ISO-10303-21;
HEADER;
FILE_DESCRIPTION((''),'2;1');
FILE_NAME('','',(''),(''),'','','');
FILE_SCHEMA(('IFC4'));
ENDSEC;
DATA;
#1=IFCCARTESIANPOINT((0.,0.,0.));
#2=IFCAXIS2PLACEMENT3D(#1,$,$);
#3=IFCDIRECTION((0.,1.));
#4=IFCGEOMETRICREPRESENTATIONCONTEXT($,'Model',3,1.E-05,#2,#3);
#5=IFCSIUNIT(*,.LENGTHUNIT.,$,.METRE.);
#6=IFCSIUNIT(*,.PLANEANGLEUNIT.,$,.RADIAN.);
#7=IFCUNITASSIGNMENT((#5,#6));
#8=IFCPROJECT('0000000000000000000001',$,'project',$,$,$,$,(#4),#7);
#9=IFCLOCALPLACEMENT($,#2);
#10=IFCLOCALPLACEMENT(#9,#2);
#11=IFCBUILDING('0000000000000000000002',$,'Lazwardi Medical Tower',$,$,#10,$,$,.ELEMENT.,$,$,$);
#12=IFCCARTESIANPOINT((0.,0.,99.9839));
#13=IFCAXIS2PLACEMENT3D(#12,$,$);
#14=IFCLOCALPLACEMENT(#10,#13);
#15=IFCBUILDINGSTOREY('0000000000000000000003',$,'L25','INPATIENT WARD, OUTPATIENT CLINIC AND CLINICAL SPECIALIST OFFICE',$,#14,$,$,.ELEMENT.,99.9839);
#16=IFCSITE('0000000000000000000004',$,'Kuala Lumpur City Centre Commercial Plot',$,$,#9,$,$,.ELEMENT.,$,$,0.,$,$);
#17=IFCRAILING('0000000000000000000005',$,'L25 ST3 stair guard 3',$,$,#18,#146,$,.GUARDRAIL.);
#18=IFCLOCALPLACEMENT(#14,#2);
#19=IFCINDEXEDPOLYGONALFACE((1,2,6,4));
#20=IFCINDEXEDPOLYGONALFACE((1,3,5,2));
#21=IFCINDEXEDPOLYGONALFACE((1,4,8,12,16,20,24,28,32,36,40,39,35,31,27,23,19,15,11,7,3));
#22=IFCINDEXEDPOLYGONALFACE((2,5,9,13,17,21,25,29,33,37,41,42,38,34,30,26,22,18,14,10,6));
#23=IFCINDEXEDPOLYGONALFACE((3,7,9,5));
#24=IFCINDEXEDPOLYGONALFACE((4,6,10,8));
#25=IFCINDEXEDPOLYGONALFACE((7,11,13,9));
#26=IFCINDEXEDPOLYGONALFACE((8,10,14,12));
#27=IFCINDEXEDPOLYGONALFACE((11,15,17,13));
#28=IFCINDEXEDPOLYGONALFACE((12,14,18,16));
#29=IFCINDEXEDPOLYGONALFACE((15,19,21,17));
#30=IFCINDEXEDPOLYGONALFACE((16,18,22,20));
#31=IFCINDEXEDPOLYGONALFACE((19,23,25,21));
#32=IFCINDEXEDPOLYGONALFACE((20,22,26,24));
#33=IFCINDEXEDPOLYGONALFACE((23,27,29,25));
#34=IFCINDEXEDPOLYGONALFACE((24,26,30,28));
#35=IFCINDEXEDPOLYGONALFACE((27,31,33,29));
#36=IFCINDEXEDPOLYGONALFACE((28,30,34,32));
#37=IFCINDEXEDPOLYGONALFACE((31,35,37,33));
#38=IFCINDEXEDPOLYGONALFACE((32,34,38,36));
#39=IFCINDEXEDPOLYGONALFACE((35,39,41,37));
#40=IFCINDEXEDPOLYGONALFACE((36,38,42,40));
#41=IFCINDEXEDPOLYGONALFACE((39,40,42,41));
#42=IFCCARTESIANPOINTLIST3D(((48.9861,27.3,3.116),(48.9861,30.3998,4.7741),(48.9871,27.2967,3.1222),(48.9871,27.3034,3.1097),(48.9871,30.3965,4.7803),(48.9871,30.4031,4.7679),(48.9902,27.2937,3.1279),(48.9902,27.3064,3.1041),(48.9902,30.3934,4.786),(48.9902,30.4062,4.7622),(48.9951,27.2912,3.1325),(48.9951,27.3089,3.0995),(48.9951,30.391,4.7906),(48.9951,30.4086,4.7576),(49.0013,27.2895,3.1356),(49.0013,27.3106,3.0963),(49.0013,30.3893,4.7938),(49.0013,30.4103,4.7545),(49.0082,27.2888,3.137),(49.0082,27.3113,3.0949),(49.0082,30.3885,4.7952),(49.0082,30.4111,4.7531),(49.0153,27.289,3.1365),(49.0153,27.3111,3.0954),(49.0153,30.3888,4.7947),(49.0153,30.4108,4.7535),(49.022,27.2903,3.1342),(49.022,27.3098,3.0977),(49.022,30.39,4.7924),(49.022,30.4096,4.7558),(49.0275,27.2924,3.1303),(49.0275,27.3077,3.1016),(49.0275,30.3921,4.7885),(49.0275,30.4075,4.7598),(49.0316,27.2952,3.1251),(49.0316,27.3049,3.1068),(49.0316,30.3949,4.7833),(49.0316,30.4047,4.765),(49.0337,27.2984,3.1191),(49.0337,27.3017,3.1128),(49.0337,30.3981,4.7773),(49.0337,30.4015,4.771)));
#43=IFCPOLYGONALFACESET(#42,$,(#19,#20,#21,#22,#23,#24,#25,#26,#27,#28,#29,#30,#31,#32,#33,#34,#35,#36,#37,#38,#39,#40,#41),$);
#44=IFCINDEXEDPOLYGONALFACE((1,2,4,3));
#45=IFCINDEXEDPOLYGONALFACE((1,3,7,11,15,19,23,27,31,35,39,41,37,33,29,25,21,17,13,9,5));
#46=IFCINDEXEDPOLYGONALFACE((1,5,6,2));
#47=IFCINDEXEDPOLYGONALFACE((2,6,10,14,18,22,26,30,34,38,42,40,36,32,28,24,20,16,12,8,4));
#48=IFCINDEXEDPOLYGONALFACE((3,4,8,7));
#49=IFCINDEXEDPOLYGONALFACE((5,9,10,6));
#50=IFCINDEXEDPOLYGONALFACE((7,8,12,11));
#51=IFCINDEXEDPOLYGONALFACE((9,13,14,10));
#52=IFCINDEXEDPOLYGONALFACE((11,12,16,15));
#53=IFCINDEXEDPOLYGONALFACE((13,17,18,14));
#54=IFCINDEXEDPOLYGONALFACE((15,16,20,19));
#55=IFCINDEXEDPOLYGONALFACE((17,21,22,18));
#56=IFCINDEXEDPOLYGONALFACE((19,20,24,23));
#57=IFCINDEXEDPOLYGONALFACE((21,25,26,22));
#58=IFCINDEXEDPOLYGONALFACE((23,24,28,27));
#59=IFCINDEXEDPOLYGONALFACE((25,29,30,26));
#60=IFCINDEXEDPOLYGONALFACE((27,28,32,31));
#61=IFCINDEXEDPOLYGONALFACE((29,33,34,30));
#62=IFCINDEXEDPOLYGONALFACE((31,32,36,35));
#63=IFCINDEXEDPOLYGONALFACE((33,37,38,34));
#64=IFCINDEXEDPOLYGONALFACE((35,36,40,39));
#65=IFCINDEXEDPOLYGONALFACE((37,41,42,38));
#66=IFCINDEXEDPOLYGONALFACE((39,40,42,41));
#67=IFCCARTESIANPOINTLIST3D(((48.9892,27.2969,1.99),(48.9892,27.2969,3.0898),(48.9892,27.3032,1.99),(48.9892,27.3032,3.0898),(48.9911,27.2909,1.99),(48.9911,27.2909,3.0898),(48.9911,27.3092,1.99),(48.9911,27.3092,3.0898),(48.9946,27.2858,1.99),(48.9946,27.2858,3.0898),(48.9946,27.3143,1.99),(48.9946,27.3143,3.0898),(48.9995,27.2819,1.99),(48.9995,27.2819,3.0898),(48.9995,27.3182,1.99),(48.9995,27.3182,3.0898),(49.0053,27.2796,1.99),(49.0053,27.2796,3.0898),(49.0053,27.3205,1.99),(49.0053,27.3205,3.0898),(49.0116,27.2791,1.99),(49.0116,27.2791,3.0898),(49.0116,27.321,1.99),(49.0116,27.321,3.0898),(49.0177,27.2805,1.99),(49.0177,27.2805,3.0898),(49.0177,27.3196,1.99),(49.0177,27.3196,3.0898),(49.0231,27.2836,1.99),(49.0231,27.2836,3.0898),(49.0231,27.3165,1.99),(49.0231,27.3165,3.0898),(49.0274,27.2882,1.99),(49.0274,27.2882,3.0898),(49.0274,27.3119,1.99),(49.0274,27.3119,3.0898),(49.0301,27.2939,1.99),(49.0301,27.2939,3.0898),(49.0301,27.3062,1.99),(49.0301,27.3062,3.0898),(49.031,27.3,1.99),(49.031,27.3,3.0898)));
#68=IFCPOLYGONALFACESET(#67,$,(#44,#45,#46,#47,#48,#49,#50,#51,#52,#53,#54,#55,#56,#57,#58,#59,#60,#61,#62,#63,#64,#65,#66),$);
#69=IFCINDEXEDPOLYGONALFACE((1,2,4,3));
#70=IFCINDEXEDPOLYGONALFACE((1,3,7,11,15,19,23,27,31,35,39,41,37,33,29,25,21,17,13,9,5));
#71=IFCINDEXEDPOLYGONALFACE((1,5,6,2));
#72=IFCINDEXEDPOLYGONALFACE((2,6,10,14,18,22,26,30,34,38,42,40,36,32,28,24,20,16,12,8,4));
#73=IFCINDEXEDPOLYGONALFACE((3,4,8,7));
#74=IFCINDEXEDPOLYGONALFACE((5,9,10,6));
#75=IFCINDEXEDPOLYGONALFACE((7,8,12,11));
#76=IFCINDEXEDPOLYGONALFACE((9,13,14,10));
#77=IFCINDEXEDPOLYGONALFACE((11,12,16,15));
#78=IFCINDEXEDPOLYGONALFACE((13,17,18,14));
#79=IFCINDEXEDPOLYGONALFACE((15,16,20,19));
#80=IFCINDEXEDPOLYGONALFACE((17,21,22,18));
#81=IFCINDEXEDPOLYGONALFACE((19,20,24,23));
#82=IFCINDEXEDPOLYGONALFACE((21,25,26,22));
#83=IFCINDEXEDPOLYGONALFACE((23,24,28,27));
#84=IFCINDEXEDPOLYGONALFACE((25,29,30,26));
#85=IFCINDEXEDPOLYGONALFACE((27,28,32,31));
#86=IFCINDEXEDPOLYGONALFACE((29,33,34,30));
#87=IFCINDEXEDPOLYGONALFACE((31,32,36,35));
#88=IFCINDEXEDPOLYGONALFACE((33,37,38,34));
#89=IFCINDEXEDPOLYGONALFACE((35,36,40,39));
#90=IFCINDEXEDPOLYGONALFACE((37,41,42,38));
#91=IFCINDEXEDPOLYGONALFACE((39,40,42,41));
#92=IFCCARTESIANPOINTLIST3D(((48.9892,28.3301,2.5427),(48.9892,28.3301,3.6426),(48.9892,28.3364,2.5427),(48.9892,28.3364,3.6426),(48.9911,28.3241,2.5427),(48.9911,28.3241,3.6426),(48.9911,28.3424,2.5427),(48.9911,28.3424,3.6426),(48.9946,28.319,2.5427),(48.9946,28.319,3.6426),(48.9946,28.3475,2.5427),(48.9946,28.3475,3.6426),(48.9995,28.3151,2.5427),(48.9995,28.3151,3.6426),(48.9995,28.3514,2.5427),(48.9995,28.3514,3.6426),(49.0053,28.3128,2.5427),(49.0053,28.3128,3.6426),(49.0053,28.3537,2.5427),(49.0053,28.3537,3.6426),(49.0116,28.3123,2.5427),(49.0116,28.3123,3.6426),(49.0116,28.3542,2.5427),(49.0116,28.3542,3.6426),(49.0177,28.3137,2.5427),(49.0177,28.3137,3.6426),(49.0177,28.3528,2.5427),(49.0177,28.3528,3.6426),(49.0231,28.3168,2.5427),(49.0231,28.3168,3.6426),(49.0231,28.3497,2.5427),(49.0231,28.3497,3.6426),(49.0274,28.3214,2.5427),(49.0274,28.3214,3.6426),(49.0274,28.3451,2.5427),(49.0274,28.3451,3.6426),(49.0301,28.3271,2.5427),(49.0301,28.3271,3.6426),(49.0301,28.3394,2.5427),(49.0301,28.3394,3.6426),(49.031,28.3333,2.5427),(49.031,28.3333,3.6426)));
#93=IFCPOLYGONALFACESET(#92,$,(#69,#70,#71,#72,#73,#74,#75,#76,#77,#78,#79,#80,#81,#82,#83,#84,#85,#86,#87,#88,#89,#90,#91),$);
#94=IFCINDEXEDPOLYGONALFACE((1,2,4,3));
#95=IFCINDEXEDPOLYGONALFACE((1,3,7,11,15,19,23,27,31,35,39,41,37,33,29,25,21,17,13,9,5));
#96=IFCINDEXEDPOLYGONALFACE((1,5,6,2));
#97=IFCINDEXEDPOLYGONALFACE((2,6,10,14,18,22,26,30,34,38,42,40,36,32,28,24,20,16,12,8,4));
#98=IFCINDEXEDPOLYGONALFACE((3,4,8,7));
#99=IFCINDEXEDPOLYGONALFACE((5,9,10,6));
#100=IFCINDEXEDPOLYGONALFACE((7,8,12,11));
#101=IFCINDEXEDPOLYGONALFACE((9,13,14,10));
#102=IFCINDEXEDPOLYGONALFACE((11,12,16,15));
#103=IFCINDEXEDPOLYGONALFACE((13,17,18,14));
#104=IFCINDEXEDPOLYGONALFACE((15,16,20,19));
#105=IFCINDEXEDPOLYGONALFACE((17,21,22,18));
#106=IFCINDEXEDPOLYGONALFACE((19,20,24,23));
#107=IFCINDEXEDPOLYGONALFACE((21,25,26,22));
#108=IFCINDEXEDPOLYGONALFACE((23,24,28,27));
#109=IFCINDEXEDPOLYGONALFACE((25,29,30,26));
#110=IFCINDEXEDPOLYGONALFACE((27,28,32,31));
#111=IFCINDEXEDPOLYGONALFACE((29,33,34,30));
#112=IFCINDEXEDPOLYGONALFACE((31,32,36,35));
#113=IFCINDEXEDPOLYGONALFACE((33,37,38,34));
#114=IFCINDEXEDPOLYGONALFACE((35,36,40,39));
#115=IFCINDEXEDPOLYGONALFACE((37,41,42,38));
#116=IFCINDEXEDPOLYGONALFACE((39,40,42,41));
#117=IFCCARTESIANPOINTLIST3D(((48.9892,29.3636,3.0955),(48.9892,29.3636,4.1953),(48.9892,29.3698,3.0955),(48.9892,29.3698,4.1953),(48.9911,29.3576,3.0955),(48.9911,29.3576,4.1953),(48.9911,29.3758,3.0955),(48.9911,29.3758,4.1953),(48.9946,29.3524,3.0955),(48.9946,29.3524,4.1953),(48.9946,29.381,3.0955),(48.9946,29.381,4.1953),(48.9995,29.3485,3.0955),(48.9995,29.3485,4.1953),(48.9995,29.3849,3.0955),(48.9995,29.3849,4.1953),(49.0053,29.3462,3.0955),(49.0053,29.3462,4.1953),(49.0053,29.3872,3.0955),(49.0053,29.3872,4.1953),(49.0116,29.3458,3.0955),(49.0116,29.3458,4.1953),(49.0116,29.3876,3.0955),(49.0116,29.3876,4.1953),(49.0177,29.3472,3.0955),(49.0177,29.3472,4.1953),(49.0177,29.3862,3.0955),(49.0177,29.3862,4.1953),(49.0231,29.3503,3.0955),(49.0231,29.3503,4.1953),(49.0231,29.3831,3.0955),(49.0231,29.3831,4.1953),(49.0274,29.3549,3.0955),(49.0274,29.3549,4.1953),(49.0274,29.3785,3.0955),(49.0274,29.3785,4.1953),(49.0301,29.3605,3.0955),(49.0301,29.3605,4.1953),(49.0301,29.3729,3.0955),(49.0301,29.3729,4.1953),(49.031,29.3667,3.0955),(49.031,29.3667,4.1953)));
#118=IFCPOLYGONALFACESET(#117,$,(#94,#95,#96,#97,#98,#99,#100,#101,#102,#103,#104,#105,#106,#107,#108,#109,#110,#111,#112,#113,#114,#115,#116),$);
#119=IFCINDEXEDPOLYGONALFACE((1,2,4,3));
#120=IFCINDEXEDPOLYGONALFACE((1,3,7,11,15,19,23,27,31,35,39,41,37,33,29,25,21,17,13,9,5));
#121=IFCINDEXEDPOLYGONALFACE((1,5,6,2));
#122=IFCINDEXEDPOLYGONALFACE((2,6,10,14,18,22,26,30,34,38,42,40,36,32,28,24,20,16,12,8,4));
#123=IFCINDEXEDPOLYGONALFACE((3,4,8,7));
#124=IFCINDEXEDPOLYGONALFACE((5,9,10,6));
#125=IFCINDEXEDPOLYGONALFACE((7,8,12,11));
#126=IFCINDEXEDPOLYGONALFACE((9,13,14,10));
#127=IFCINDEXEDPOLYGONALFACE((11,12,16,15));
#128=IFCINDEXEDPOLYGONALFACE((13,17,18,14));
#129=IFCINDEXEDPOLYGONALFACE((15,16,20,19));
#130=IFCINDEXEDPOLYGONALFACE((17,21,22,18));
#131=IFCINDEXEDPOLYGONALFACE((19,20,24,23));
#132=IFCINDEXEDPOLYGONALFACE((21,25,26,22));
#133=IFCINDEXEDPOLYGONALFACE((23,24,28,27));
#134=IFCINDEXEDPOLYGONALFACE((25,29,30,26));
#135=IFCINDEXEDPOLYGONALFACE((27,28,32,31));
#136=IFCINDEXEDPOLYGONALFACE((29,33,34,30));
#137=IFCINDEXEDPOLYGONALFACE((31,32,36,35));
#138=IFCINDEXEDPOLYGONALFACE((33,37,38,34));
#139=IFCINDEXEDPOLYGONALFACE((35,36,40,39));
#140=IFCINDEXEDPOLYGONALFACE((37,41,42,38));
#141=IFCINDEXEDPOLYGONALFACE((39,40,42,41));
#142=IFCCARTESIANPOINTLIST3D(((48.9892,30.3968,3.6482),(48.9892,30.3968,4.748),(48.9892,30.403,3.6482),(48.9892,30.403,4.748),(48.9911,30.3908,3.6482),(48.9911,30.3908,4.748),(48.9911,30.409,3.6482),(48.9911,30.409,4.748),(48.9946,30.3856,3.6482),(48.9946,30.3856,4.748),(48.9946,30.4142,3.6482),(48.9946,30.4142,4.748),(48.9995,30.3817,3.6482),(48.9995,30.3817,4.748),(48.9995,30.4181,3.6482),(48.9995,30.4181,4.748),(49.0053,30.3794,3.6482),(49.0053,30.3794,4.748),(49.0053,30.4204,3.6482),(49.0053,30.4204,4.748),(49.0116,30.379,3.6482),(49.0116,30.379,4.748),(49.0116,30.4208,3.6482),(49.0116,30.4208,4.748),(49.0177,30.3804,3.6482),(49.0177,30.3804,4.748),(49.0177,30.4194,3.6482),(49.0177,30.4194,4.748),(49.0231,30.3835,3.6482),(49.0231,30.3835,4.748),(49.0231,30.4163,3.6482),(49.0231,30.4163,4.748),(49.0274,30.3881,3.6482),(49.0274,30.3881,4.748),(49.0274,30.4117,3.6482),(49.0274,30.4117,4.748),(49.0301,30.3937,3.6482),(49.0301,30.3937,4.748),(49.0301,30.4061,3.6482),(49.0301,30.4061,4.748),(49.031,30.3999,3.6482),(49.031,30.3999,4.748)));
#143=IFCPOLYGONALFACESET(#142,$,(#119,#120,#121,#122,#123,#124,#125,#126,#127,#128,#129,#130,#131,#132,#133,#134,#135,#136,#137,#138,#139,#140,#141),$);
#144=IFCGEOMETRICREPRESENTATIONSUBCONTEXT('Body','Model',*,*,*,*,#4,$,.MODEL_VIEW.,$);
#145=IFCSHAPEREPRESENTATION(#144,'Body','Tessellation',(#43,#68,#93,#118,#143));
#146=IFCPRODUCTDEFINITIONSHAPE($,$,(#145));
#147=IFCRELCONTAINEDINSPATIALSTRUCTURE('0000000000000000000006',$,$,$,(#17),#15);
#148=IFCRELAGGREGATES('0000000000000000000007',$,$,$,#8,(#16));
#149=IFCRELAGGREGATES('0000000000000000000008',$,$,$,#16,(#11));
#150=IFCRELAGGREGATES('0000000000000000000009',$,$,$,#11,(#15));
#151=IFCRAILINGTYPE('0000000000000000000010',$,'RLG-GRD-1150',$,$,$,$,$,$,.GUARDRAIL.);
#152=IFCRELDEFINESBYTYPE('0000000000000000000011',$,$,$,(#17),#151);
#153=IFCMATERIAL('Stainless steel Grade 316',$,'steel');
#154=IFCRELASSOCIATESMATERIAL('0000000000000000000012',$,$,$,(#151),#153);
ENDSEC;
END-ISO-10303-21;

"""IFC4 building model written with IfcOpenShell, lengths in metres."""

from ifc_helpers import new_model, si_unit, direction, frame, origin, origin_2d, place, context, subcontext, project, spatial, circle, extrude, material, type_object, element, save


model = new_model("IFC4")

# Units and contexts
model_context = context("Model", 3, precision=1e-05, world=origin(), true_north=direction((0.0, 1.0)))
body_context = subcontext(model_context, "Body", "Model", "MODEL_VIEW")
ifc_project = project(units=[si_unit("LENGTHUNIT", "METRE"), si_unit("PLANEANGLEUNIT", "RADIAN")], contexts=[model_context])

# Site, building, storey
site_placement = place(None, origin())
site = spatial("IfcSite", under=ifc_project, at=site_placement, Name="Kuala Lumpur City Centre Commercial Plot", CompositionType="ELEMENT", RefElevation=0.0)
building_placement = place(site_placement, origin())
building = spatial("IfcBuilding", under=site, at=building_placement, Name="Lazwardi Medical Tower", CompositionType="ELEMENT")
storey_placement = place(building_placement, frame((0.0, 0.0, 99.9839)))
storey = spatial("IfcBuildingStorey", under=building, at=storey_placement, Name="L25", Description="INPATIENT WARD, OUTPATIENT CLINIC AND CLINICAL SPECIALIST OFFICE", CompositionType="ELEMENT", Elevation=99.9839)

# Railing
ifc_material_1 = material(Name="Stainless steel Grade 316", Category="steel")
railing_type_1 = type_object("IfcRailingType", Name="RLG-GRD-1150", PredefinedType="GUARDRAIL", material=ifc_material_1)
railing_1_placement = place(storey_placement, frame((49.01, 27.3, 1.99)))
element("IfcRailing", 1, at=railing_1_placement, inside=storey, type_object=railing_type_1, Name="L25 ST3 stair guard 3", PredefinedType="GUARDRAIL", context=body_context, shape_type="SweptSolid", body=[
    extrude(circle(Radius=0.0239, at=origin_2d()), frame((0.0, 0.0, 1.126), z_axis=(0.0, 0.881768, 0.471684), x_axis=(-1.0, 0.0, 0.0)), (0.0, 0.0, 1.0), 3.5154),
    extrude(circle(Radius=0.021, at=origin_2d()), origin(), (0.0, 0.0, 1.0), 1.0999),
    extrude(circle(Radius=0.021, at=origin_2d()), frame((0.0, 1.0332, 0.5527)), (0.0, 0.0, 1.0), 1.0999),
    extrude(circle(Radius=0.021, at=origin_2d()), frame((0.0, 2.0667, 1.1055)), (0.0, 0.0, 1.0), 1.0999),
    extrude(circle(Radius=0.021, at=origin_2d()), frame((0.0, 3.0999, 1.6582)), (0.0, 0.0, 1.0), 1.0999),
])

save(model, "model.ifc")
